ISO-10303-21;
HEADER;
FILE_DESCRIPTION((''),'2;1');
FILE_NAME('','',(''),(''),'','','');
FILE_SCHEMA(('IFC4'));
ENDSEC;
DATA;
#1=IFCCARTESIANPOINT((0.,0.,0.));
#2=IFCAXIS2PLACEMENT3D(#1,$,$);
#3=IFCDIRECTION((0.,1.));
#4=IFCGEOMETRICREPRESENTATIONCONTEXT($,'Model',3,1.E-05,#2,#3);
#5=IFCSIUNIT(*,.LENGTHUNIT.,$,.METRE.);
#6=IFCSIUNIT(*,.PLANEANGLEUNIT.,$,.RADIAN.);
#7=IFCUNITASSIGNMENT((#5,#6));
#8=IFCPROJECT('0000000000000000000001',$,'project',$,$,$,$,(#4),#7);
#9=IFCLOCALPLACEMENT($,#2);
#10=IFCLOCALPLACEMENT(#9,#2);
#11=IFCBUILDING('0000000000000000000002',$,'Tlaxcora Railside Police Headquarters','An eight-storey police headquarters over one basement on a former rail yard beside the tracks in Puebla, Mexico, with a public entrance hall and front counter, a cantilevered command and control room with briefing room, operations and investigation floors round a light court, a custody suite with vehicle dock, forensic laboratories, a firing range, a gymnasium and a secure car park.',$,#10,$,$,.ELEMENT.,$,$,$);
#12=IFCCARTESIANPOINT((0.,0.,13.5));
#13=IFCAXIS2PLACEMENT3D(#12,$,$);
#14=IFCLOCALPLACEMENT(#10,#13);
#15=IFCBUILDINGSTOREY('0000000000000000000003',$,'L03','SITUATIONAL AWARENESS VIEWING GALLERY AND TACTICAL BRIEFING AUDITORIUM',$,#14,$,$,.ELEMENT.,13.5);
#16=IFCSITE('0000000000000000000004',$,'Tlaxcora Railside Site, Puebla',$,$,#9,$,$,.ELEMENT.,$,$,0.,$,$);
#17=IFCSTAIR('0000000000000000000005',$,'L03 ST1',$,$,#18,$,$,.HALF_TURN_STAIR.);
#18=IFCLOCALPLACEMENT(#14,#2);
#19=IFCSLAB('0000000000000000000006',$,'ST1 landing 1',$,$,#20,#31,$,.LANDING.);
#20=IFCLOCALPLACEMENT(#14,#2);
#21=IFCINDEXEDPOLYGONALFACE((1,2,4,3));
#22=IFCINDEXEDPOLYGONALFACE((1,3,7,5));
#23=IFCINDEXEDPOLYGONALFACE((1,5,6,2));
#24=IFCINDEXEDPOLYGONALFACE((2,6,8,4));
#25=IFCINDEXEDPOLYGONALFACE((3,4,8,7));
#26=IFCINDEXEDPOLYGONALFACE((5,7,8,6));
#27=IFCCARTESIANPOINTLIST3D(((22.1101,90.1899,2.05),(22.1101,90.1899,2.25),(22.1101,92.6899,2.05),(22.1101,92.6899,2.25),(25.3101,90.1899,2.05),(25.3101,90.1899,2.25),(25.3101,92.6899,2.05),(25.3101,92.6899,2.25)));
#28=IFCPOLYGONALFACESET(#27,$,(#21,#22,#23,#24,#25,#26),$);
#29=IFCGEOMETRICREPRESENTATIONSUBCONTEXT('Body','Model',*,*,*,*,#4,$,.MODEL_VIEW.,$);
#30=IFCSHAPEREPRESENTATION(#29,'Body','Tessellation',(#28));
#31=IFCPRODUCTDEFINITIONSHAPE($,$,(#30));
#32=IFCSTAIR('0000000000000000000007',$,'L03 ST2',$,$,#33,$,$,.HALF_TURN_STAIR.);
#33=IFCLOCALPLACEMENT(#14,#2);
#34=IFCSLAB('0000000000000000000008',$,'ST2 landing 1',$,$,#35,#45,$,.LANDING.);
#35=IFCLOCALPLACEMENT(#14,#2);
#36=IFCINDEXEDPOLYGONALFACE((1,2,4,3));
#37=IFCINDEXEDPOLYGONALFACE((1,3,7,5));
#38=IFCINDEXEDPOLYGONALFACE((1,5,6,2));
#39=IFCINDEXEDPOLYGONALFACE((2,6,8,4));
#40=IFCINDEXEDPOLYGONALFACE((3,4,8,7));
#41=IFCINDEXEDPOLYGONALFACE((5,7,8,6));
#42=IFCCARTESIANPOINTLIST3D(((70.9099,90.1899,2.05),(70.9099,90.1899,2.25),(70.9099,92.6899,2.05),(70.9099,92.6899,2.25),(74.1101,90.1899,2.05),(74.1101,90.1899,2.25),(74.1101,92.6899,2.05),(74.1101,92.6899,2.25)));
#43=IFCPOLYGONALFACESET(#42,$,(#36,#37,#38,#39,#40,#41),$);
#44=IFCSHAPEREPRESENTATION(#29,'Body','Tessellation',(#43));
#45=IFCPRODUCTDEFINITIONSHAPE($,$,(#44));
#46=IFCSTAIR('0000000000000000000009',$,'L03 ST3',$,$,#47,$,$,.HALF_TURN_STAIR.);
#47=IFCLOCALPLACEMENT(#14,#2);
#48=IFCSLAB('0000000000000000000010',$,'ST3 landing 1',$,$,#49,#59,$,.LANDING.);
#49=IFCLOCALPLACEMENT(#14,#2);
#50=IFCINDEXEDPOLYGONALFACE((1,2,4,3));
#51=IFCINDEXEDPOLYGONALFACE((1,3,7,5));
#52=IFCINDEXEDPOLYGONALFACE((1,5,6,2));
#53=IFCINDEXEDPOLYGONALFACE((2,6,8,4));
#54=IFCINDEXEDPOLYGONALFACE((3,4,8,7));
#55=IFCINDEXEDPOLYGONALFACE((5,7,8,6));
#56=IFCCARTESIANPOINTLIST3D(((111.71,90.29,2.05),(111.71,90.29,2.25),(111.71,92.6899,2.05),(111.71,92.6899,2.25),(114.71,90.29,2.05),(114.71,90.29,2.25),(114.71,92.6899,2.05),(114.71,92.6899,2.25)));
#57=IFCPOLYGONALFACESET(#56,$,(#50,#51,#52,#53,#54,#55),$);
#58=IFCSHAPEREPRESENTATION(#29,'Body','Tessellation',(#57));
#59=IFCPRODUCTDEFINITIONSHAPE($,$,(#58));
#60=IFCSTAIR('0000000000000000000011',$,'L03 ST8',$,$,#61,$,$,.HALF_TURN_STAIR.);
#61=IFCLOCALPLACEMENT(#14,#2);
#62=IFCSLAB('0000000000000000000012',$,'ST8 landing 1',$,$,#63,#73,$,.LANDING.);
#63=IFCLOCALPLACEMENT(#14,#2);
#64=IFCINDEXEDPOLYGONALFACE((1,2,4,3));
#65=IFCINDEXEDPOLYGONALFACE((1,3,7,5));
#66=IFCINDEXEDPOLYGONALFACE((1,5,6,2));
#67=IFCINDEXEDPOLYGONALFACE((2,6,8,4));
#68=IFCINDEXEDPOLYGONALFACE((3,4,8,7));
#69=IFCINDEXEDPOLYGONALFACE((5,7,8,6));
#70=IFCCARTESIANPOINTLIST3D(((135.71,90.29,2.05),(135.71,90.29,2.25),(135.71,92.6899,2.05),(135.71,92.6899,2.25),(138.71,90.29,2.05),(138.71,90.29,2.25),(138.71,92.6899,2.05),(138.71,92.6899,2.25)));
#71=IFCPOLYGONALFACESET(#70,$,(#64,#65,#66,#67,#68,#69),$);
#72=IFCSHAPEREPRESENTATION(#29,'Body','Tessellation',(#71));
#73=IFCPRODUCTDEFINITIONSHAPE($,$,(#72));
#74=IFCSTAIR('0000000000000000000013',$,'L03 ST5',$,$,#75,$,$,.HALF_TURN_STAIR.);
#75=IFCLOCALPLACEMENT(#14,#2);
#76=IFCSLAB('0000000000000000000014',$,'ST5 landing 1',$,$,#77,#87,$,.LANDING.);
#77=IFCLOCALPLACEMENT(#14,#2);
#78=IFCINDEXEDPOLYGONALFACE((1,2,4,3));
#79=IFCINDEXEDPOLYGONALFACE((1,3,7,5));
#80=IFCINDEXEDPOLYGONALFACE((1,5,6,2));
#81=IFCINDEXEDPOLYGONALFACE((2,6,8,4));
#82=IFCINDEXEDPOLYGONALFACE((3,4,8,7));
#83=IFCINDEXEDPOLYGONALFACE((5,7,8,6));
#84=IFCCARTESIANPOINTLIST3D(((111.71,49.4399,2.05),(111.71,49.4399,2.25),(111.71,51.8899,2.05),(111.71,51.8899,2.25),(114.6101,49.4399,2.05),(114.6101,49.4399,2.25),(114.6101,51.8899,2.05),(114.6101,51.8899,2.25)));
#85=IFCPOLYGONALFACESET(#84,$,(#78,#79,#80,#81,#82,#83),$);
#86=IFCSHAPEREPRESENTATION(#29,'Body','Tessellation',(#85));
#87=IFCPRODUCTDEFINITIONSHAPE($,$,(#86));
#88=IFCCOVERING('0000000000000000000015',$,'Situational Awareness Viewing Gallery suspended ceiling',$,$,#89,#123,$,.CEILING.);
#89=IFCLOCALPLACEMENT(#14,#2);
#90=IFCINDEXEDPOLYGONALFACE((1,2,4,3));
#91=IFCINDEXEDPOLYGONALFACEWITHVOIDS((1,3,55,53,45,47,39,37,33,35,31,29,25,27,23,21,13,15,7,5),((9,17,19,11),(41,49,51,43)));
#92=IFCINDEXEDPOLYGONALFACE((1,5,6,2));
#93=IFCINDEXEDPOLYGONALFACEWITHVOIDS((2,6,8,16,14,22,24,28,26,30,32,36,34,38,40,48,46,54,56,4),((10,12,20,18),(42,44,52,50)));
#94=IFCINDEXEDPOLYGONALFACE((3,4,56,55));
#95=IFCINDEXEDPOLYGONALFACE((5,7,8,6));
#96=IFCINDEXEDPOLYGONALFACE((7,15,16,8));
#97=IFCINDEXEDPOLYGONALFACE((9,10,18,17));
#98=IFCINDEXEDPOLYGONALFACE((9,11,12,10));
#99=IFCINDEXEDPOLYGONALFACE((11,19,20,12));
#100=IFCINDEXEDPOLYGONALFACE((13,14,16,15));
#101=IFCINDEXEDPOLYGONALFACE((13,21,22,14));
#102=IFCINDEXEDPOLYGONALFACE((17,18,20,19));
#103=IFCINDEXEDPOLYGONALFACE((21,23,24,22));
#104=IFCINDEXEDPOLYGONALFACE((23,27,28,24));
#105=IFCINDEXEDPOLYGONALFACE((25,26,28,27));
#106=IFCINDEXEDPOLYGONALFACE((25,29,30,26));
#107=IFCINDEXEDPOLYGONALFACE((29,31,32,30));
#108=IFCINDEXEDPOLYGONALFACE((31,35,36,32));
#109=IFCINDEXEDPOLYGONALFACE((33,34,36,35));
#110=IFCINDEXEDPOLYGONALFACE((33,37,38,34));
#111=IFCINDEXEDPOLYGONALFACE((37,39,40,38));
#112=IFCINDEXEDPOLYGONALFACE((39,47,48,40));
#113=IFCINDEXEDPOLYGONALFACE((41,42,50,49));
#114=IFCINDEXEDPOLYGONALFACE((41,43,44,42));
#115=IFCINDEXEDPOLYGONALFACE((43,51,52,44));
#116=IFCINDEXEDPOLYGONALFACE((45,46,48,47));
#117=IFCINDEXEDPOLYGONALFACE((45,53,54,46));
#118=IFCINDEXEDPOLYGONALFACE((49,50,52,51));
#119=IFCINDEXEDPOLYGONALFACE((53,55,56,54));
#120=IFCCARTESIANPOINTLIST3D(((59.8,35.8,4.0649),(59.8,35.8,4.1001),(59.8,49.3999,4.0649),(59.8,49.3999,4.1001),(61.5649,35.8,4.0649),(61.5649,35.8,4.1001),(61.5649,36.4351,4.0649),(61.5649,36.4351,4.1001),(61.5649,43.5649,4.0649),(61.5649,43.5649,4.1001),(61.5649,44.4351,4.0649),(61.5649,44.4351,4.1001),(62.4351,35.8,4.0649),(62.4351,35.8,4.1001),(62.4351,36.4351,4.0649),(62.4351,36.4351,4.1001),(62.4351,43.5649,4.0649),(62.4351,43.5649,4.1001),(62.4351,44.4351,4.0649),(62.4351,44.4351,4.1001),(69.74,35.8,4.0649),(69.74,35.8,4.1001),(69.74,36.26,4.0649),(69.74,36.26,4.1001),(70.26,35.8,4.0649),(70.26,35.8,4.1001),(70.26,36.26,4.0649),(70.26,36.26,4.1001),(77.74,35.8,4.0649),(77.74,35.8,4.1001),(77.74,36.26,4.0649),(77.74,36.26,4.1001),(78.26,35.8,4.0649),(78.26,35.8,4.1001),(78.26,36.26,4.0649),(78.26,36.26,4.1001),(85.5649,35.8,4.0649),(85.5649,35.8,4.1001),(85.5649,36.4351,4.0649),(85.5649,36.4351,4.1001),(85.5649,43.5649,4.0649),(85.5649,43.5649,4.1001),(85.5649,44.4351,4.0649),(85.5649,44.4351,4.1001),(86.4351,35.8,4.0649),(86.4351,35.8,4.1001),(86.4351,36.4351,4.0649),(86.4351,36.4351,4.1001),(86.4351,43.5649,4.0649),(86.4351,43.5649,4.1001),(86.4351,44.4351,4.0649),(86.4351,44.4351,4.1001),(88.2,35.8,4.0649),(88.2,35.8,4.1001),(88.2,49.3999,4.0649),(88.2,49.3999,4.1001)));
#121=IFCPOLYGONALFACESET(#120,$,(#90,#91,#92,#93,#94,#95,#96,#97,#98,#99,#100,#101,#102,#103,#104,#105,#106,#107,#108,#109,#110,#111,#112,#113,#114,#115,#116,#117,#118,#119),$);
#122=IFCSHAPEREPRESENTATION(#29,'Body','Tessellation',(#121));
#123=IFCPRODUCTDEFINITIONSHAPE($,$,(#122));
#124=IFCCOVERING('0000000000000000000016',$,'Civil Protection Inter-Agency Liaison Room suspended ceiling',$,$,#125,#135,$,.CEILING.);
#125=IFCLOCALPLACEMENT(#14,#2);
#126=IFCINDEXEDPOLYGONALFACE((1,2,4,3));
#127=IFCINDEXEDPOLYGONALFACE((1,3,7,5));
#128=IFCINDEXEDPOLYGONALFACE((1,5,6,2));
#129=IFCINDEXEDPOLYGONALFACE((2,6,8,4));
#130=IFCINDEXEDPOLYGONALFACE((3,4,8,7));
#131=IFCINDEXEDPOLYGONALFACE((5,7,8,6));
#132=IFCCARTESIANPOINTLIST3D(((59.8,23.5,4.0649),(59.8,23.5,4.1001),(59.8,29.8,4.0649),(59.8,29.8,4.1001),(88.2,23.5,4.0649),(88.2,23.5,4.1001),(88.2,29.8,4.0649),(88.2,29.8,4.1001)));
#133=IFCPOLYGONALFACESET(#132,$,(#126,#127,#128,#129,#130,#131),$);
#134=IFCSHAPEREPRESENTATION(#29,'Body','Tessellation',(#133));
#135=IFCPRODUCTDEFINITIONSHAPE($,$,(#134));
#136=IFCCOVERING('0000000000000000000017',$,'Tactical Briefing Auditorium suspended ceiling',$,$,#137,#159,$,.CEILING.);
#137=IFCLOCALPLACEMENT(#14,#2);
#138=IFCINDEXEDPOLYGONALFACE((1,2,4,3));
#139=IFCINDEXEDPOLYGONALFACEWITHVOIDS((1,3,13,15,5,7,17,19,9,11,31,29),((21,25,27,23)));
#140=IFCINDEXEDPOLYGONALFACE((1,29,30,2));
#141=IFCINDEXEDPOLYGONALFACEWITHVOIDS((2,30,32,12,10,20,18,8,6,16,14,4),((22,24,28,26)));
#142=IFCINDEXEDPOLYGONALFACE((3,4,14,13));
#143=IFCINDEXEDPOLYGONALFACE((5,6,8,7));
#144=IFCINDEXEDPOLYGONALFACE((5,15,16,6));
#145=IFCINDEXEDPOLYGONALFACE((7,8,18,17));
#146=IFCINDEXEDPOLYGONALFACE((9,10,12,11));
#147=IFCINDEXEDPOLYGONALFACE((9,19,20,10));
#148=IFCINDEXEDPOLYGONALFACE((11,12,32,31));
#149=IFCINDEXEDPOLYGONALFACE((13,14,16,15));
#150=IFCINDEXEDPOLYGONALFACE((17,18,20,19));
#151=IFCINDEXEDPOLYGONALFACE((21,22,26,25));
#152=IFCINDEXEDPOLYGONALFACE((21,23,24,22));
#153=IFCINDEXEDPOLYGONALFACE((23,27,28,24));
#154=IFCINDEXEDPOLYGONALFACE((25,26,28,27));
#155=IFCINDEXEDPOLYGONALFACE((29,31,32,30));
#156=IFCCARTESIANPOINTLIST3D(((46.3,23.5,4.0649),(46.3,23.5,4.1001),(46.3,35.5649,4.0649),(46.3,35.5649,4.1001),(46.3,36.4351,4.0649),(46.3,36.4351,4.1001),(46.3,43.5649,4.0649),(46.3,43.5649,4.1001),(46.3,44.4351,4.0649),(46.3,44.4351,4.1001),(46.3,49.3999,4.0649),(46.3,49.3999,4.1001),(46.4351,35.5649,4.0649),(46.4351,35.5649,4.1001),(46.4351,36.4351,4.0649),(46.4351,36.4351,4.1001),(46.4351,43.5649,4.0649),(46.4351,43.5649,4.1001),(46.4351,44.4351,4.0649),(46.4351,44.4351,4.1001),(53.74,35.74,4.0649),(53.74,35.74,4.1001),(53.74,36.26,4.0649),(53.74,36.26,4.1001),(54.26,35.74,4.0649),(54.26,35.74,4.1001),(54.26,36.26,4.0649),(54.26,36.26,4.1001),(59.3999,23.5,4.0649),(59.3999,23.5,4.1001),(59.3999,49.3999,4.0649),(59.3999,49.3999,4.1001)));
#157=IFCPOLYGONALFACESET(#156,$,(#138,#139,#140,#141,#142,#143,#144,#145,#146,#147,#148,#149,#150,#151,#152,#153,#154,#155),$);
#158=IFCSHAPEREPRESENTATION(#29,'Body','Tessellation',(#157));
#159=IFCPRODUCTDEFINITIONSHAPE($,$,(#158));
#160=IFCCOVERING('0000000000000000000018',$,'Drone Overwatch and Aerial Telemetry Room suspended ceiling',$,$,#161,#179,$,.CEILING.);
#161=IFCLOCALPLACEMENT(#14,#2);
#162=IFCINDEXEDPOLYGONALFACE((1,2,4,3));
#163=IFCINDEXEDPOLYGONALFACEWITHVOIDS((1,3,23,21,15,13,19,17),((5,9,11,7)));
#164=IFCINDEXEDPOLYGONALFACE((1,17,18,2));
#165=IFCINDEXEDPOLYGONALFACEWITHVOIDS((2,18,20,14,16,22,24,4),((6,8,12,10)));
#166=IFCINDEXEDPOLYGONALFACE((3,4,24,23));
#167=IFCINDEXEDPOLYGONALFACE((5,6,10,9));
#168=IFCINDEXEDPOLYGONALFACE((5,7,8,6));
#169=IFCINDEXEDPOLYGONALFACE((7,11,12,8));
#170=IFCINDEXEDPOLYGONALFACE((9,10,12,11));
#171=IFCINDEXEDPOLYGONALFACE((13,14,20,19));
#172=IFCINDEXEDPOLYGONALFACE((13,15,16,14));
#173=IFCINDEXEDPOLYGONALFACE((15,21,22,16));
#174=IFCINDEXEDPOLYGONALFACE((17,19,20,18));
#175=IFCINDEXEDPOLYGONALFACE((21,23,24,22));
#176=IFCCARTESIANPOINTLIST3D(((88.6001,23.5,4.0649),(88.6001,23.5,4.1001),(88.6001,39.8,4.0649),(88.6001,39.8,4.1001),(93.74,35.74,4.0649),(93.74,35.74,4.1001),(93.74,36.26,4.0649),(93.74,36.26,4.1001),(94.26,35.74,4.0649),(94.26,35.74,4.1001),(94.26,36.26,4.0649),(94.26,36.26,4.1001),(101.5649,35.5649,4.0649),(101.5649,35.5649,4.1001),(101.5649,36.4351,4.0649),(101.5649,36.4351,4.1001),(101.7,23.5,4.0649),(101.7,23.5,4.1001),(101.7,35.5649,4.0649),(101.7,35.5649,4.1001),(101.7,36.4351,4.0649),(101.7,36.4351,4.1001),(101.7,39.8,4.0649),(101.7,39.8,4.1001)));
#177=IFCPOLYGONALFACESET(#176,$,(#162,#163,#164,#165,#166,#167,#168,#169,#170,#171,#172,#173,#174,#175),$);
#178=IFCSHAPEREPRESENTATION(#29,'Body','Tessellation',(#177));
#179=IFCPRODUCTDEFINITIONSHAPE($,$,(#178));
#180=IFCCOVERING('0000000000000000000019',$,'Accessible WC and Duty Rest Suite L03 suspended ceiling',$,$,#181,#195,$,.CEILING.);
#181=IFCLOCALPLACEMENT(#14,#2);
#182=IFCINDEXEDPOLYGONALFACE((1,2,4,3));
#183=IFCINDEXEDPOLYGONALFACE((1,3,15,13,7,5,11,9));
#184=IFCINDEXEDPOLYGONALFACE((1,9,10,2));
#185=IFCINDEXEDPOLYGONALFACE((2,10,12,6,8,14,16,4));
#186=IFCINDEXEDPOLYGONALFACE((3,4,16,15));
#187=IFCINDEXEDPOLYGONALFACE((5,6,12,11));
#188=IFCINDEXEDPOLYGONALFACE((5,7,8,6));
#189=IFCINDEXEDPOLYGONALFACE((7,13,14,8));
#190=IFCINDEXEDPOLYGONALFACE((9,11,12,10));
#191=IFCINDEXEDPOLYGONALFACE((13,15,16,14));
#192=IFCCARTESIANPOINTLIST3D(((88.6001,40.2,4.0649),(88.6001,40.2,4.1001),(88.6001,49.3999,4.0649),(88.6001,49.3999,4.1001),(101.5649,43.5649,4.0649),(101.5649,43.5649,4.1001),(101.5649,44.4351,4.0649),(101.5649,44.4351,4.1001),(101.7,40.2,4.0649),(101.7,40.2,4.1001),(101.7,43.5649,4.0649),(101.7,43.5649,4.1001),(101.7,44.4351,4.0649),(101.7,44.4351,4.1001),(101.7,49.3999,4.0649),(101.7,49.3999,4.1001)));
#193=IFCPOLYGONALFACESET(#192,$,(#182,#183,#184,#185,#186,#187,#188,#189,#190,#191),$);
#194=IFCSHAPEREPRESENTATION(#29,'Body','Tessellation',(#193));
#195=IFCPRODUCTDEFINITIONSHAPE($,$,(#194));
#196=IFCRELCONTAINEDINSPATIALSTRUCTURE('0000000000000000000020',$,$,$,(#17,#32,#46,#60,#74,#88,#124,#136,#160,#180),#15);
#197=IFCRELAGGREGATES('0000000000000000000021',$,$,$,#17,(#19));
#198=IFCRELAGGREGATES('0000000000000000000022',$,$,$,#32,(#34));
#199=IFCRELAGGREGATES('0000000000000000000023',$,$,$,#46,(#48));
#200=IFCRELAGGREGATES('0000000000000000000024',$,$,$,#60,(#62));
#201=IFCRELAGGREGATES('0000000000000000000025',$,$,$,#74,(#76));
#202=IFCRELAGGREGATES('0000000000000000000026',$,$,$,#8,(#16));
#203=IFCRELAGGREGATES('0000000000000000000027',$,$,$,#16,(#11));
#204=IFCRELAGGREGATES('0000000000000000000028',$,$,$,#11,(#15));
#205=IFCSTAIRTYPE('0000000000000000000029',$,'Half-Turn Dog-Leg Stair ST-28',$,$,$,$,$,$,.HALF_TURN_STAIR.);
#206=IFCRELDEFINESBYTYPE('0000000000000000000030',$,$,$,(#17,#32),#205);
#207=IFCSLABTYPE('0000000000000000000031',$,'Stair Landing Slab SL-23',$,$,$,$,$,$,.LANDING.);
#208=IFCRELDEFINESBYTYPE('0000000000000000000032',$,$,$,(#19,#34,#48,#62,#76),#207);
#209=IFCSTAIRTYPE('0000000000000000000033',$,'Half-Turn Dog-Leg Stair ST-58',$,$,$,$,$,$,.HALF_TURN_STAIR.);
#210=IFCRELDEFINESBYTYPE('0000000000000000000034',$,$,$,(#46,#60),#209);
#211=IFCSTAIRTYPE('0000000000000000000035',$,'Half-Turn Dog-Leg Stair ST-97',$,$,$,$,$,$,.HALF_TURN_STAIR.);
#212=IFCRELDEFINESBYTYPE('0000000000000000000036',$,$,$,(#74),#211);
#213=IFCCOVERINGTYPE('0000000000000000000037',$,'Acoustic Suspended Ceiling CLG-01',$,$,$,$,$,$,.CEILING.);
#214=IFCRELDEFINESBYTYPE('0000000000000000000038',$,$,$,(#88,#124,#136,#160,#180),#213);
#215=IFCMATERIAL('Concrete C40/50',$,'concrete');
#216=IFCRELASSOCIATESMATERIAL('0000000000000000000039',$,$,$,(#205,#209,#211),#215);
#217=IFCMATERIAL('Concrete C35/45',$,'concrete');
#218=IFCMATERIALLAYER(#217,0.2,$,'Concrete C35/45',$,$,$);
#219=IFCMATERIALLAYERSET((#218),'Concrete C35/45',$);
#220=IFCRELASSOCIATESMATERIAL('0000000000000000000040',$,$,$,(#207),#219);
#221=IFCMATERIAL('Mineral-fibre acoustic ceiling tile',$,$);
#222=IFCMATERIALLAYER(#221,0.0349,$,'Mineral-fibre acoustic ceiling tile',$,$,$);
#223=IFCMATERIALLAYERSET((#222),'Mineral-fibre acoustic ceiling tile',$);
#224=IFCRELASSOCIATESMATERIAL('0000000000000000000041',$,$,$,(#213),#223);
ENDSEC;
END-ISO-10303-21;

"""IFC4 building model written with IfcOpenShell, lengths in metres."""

from ifc_helpers import new_model, si_unit, direction, frame, origin, place, context, subcontext, project, spatial, polyline, outline, extrude, material, layer, layer_set, type_object, element, aggregate, save


model = new_model("IFC4")

# Units and contexts
model_context = context("Model", 3, precision=1e-05, world=origin(), true_north=direction((0.0, 1.0)))
body_context = subcontext(model_context, "Body", "Model", "MODEL_VIEW")
ifc_project = project(units=[si_unit("LENGTHUNIT", "METRE"), si_unit("PLANEANGLEUNIT", "RADIAN")], contexts=[model_context])

# Site, building, storey
site_placement = place(None, origin())
site = spatial("IfcSite", under=ifc_project, at=site_placement, Name="Tlaxcora Railside Site, Puebla", CompositionType="ELEMENT", RefElevation=0.0)
building_placement = place(site_placement, origin())
building = spatial("IfcBuilding", under=site, at=building_placement, Name="Tlaxcora Railside Police Headquarters", Description="An eight-storey police headquarters over one basement on a former rail yard beside the tracks in Puebla, Mexico, with a public entrance hall and front counter, a cantilevered command and control room with briefing room, operations and investigation floors round a light court, a custody suite with vehicle dock, forensic laboratories, a firing range, a gymnasium and a secure car park.", CompositionType="ELEMENT")
storey_placement = place(building_placement, frame((0.0, 0.0, 13.5)))
storey = spatial("IfcBuildingStorey", under=building, at=storey_placement, Name="L03", Description="SITUATIONAL AWARENESS VIEWING GALLERY AND TACTICAL BRIEFING AUDITORIUM", CompositionType="ELEMENT", Elevation=13.5)

# Stairs, slabs
ifc_material_1 = material(Name="Concrete C40/50", Category="concrete")
stair_type_1 = type_object("IfcStairType", Name="Half-Turn Dog-Leg Stair ST-28", PredefinedType="HALF_TURN_STAIR", material=ifc_material_1)
stair_1_placement = place(storey_placement, origin())
stair_1 = element("IfcStair", 1, at=stair_1_placement, inside=storey, type_object=stair_type_1, Name="L03 ST1", PredefinedType="HALF_TURN_STAIR")
ifc_material_2 = material(Name="Concrete C35/45", Category="concrete")
ifc_layer_1 = layer(ifc_material_2, 0.2, Name="Concrete C35/45")
ifc_layer_set_1 = layer_set([ifc_layer_1], Name="Concrete C35/45")
slab_type = type_object("IfcSlabType", Name="Stair Landing Slab SL-23", PredefinedType="LANDING", material=ifc_layer_set_1)
slab_1_placement = place(storey_placement, frame((0.0, 0.0, 2.05)))
slab_1 = element("IfcSlab", 2, at=slab_1_placement, type_object=slab_type, Name="ST1 landing 1", PredefinedType="LANDING", context=body_context, shape_type="SweptSolid", body=[
    extrude(outline(polyline([(25.3101, 90.1899), (25.3101, 92.6899), (22.1101, 92.6899), (22.1101, 90.1899), (25.3101, 90.1899)])), origin(), (0.0, 0.0, 1.0), 0.2),
])
aggregate(stair_1, [slab_1])
stair_2_placement = place(storey_placement, origin())
stair_2 = element("IfcStair", 3, at=stair_2_placement, inside=storey, type_object=stair_type_1, Name="L03 ST2", PredefinedType="HALF_TURN_STAIR")
slab_2_placement = place(storey_placement, frame((0.0, 0.0, 2.05)))
slab_2 = element("IfcSlab", 4, at=slab_2_placement, type_object=slab_type, Name="ST2 landing 1", PredefinedType="LANDING", context=body_context, shape_type="SweptSolid", body=[
    extrude(outline(polyline([(74.1101, 90.1899), (74.1101, 92.6899), (70.9099, 92.6899), (70.9099, 90.1899), (74.1101, 90.1899)])), origin(), (0.0, 0.0, 1.0), 0.2),
])
aggregate(stair_2, [slab_2])
stair_type_2 = type_object("IfcStairType", Name="Half-Turn Dog-Leg Stair ST-58", PredefinedType="HALF_TURN_STAIR", material=ifc_material_1)
stair_3_placement = place(storey_placement, origin())
stair_3 = element("IfcStair", 5, at=stair_3_placement, inside=storey, type_object=stair_type_2, Name="L03 ST3", PredefinedType="HALF_TURN_STAIR")
slab_3_placement = place(storey_placement, frame((0.0, 0.0, 2.05)))
slab_3 = element("IfcSlab", 6, at=slab_3_placement, type_object=slab_type, Name="ST3 landing 1", PredefinedType="LANDING", context=body_context, shape_type="SweptSolid", body=[
    extrude(outline(polyline([(114.71, 90.29), (114.71, 92.6899), (111.71, 92.6899), (111.71, 90.29), (114.71, 90.29)])), origin(), (0.0, 0.0, 1.0), 0.2),
])
aggregate(stair_3, [slab_3])
stair_4_placement = place(storey_placement, origin())
stair_4 = element("IfcStair", 7, at=stair_4_placement, inside=storey, type_object=stair_type_2, Name="L03 ST8", PredefinedType="HALF_TURN_STAIR")
slab_4_placement = place(storey_placement, frame((0.0, 0.0, 2.05)))
slab_4 = element("IfcSlab", 8, at=slab_4_placement, type_object=slab_type, Name="ST8 landing 1", PredefinedType="LANDING", context=body_context, shape_type="SweptSolid", body=[
    extrude(outline(polyline([(138.71, 90.29), (138.71, 92.6899), (135.71, 92.6899), (135.71, 90.29), (138.71, 90.29)])), origin(), (0.0, 0.0, 1.0), 0.2),
])
aggregate(stair_4, [slab_4])
stair_type_3 = type_object("IfcStairType", Name="Half-Turn Dog-Leg Stair ST-97", PredefinedType="HALF_TURN_STAIR", material=ifc_material_1)
stair_5_placement = place(storey_placement, origin())
stair_5 = element("IfcStair", 9, at=stair_5_placement, inside=storey, type_object=stair_type_3, Name="L03 ST5", PredefinedType="HALF_TURN_STAIR")
slab_5_placement = place(storey_placement, frame((0.0, 0.0, 2.05)))
slab_5 = element("IfcSlab", 10, at=slab_5_placement, type_object=slab_type, Name="ST5 landing 1", PredefinedType="LANDING", context=body_context, shape_type="SweptSolid", body=[
    extrude(outline(polyline([(114.6101, 49.4399), (114.6101, 51.8899), (111.71, 51.8899), (111.71, 49.4399), (114.6101, 49.4399)])), origin(), (0.0, 0.0, 1.0), 0.2),
])
aggregate(stair_5, [slab_5])

# Coverings
ifc_material_3 = material(Name="Mineral-fibre acoustic ceiling tile")
ifc_layer_2 = layer(ifc_material_3, 0.0349, Name="Mineral-fibre acoustic ceiling tile")
ifc_layer_set_2 = layer_set([ifc_layer_2], Name="Mineral-fibre acoustic ceiling tile")
covering_type_1 = type_object("IfcCoveringType", Name="Acoustic Suspended Ceiling CLG-01", PredefinedType="CEILING", material=ifc_layer_set_2)
covering_1_placement = place(storey_placement, frame((0.0, 0.0, 4.0649)))
element("IfcCovering", 11, at=covering_1_placement, inside=storey, type_object=covering_type_1, Name="Situational Awareness Viewing Gallery suspended ceiling", PredefinedType="CEILING", context=body_context, shape_type="SweptSolid", body=[
    extrude(outline(polyline([(69.74, 36.26), (70.26, 36.26), (70.26, 35.8), (77.74, 35.8), (77.74, 36.26), (78.26, 36.26), (78.26, 35.8), (85.5649, 35.8), (85.5649, 36.4351), (86.4351, 36.4351), (86.4351, 35.8), (88.2, 35.8), (88.2, 49.3999), (59.8, 49.3999), (59.8, 35.8), (61.5649, 35.8), (61.5649, 36.4351), (62.4351, 36.4351), (62.4351, 35.8), (69.74, 35.8), (69.74, 36.26)]), holes=[polyline([(62.4351, 43.5649), (61.5649, 43.5649), (61.5649, 44.4351), (62.4351, 44.4351), (62.4351, 43.5649)]), polyline([(86.4351, 43.5649), (85.5649, 43.5649), (85.5649, 44.4351), (86.4351, 44.4351), (86.4351, 43.5649)])]), origin(), (0.0, 0.0, 1.0), 0.0352),
])
covering_2_placement = place(storey_placement, frame((0.0, 0.0, 4.0649)))
element("IfcCovering", 12, at=covering_2_placement, inside=storey, type_object=covering_type_1, Name="Civil Protection Inter-Agency Liaison Room suspended ceiling", PredefinedType="CEILING", context=body_context, shape_type="SweptSolid", body=[
    extrude(outline(polyline([(59.8, 23.5), (88.2, 23.5), (88.2, 29.8), (59.8, 29.8), (59.8, 23.5)])), origin(), (0.0, 0.0, 1.0), 0.0352),
])
covering_3_placement = place(storey_placement, frame((0.0, 0.0, 4.0649)))
element("IfcCovering", 13, at=covering_3_placement, inside=storey, type_object=covering_type_1, Name="Tactical Briefing Auditorium suspended ceiling", PredefinedType="CEILING", context=body_context, shape_type="SweptSolid", body=[
    extrude(outline(polyline([(59.3999, 23.5), (59.3999, 49.3999), (46.3, 49.3999), (46.3, 44.4351), (46.4351, 44.4351), (46.4351, 43.5649), (46.3, 43.5649), (46.3, 36.4351), (46.4351, 36.4351), (46.4351, 35.5649), (46.3, 35.5649), (46.3, 23.5), (59.3999, 23.5)]), holes=[polyline([(54.26, 35.74), (53.74, 35.74), (53.74, 36.26), (54.26, 36.26), (54.26, 35.74)])]), origin(), (0.0, 0.0, 1.0), 0.0352),
])
covering_4_placement = place(storey_placement, frame((0.0, 0.0, 4.0649)))
element("IfcCovering", 14, at=covering_4_placement, inside=storey, type_object=covering_type_1, Name="Drone Overwatch and Aerial Telemetry Room suspended ceiling", PredefinedType="CEILING", context=body_context, shape_type="SweptSolid", body=[
    extrude(outline(polyline([(101.7, 39.8), (88.6001, 39.8), (88.6001, 23.5), (101.7, 23.5), (101.7, 35.5649), (101.5649, 35.5649), (101.5649, 36.4351), (101.7, 36.4351), (101.7, 39.8)]), holes=[polyline([(94.26, 36.26), (94.26, 35.74), (93.74, 35.74), (93.74, 36.26), (94.26, 36.26)])]), origin(), (0.0, 0.0, 1.0), 0.0352),
])
covering_5_placement = place(storey_placement, frame((0.0, 0.0, 4.0649)))
element("IfcCovering", 15, at=covering_5_placement, inside=storey, type_object=covering_type_1, Name="Accessible WC and Duty Rest Suite L03 suspended ceiling", PredefinedType="CEILING", context=body_context, shape_type="SweptSolid", body=[
    extrude(outline(polyline([(88.6001, 49.3999), (88.6001, 40.2), (101.7, 40.2), (101.7, 43.5649), (101.5649, 43.5649), (101.5649, 44.4351), (101.7, 44.4351), (101.7, 49.3999), (88.6001, 49.3999)])), origin(), (0.0, 0.0, 1.0), 0.0352),
])

save(model, "model.ifc")
